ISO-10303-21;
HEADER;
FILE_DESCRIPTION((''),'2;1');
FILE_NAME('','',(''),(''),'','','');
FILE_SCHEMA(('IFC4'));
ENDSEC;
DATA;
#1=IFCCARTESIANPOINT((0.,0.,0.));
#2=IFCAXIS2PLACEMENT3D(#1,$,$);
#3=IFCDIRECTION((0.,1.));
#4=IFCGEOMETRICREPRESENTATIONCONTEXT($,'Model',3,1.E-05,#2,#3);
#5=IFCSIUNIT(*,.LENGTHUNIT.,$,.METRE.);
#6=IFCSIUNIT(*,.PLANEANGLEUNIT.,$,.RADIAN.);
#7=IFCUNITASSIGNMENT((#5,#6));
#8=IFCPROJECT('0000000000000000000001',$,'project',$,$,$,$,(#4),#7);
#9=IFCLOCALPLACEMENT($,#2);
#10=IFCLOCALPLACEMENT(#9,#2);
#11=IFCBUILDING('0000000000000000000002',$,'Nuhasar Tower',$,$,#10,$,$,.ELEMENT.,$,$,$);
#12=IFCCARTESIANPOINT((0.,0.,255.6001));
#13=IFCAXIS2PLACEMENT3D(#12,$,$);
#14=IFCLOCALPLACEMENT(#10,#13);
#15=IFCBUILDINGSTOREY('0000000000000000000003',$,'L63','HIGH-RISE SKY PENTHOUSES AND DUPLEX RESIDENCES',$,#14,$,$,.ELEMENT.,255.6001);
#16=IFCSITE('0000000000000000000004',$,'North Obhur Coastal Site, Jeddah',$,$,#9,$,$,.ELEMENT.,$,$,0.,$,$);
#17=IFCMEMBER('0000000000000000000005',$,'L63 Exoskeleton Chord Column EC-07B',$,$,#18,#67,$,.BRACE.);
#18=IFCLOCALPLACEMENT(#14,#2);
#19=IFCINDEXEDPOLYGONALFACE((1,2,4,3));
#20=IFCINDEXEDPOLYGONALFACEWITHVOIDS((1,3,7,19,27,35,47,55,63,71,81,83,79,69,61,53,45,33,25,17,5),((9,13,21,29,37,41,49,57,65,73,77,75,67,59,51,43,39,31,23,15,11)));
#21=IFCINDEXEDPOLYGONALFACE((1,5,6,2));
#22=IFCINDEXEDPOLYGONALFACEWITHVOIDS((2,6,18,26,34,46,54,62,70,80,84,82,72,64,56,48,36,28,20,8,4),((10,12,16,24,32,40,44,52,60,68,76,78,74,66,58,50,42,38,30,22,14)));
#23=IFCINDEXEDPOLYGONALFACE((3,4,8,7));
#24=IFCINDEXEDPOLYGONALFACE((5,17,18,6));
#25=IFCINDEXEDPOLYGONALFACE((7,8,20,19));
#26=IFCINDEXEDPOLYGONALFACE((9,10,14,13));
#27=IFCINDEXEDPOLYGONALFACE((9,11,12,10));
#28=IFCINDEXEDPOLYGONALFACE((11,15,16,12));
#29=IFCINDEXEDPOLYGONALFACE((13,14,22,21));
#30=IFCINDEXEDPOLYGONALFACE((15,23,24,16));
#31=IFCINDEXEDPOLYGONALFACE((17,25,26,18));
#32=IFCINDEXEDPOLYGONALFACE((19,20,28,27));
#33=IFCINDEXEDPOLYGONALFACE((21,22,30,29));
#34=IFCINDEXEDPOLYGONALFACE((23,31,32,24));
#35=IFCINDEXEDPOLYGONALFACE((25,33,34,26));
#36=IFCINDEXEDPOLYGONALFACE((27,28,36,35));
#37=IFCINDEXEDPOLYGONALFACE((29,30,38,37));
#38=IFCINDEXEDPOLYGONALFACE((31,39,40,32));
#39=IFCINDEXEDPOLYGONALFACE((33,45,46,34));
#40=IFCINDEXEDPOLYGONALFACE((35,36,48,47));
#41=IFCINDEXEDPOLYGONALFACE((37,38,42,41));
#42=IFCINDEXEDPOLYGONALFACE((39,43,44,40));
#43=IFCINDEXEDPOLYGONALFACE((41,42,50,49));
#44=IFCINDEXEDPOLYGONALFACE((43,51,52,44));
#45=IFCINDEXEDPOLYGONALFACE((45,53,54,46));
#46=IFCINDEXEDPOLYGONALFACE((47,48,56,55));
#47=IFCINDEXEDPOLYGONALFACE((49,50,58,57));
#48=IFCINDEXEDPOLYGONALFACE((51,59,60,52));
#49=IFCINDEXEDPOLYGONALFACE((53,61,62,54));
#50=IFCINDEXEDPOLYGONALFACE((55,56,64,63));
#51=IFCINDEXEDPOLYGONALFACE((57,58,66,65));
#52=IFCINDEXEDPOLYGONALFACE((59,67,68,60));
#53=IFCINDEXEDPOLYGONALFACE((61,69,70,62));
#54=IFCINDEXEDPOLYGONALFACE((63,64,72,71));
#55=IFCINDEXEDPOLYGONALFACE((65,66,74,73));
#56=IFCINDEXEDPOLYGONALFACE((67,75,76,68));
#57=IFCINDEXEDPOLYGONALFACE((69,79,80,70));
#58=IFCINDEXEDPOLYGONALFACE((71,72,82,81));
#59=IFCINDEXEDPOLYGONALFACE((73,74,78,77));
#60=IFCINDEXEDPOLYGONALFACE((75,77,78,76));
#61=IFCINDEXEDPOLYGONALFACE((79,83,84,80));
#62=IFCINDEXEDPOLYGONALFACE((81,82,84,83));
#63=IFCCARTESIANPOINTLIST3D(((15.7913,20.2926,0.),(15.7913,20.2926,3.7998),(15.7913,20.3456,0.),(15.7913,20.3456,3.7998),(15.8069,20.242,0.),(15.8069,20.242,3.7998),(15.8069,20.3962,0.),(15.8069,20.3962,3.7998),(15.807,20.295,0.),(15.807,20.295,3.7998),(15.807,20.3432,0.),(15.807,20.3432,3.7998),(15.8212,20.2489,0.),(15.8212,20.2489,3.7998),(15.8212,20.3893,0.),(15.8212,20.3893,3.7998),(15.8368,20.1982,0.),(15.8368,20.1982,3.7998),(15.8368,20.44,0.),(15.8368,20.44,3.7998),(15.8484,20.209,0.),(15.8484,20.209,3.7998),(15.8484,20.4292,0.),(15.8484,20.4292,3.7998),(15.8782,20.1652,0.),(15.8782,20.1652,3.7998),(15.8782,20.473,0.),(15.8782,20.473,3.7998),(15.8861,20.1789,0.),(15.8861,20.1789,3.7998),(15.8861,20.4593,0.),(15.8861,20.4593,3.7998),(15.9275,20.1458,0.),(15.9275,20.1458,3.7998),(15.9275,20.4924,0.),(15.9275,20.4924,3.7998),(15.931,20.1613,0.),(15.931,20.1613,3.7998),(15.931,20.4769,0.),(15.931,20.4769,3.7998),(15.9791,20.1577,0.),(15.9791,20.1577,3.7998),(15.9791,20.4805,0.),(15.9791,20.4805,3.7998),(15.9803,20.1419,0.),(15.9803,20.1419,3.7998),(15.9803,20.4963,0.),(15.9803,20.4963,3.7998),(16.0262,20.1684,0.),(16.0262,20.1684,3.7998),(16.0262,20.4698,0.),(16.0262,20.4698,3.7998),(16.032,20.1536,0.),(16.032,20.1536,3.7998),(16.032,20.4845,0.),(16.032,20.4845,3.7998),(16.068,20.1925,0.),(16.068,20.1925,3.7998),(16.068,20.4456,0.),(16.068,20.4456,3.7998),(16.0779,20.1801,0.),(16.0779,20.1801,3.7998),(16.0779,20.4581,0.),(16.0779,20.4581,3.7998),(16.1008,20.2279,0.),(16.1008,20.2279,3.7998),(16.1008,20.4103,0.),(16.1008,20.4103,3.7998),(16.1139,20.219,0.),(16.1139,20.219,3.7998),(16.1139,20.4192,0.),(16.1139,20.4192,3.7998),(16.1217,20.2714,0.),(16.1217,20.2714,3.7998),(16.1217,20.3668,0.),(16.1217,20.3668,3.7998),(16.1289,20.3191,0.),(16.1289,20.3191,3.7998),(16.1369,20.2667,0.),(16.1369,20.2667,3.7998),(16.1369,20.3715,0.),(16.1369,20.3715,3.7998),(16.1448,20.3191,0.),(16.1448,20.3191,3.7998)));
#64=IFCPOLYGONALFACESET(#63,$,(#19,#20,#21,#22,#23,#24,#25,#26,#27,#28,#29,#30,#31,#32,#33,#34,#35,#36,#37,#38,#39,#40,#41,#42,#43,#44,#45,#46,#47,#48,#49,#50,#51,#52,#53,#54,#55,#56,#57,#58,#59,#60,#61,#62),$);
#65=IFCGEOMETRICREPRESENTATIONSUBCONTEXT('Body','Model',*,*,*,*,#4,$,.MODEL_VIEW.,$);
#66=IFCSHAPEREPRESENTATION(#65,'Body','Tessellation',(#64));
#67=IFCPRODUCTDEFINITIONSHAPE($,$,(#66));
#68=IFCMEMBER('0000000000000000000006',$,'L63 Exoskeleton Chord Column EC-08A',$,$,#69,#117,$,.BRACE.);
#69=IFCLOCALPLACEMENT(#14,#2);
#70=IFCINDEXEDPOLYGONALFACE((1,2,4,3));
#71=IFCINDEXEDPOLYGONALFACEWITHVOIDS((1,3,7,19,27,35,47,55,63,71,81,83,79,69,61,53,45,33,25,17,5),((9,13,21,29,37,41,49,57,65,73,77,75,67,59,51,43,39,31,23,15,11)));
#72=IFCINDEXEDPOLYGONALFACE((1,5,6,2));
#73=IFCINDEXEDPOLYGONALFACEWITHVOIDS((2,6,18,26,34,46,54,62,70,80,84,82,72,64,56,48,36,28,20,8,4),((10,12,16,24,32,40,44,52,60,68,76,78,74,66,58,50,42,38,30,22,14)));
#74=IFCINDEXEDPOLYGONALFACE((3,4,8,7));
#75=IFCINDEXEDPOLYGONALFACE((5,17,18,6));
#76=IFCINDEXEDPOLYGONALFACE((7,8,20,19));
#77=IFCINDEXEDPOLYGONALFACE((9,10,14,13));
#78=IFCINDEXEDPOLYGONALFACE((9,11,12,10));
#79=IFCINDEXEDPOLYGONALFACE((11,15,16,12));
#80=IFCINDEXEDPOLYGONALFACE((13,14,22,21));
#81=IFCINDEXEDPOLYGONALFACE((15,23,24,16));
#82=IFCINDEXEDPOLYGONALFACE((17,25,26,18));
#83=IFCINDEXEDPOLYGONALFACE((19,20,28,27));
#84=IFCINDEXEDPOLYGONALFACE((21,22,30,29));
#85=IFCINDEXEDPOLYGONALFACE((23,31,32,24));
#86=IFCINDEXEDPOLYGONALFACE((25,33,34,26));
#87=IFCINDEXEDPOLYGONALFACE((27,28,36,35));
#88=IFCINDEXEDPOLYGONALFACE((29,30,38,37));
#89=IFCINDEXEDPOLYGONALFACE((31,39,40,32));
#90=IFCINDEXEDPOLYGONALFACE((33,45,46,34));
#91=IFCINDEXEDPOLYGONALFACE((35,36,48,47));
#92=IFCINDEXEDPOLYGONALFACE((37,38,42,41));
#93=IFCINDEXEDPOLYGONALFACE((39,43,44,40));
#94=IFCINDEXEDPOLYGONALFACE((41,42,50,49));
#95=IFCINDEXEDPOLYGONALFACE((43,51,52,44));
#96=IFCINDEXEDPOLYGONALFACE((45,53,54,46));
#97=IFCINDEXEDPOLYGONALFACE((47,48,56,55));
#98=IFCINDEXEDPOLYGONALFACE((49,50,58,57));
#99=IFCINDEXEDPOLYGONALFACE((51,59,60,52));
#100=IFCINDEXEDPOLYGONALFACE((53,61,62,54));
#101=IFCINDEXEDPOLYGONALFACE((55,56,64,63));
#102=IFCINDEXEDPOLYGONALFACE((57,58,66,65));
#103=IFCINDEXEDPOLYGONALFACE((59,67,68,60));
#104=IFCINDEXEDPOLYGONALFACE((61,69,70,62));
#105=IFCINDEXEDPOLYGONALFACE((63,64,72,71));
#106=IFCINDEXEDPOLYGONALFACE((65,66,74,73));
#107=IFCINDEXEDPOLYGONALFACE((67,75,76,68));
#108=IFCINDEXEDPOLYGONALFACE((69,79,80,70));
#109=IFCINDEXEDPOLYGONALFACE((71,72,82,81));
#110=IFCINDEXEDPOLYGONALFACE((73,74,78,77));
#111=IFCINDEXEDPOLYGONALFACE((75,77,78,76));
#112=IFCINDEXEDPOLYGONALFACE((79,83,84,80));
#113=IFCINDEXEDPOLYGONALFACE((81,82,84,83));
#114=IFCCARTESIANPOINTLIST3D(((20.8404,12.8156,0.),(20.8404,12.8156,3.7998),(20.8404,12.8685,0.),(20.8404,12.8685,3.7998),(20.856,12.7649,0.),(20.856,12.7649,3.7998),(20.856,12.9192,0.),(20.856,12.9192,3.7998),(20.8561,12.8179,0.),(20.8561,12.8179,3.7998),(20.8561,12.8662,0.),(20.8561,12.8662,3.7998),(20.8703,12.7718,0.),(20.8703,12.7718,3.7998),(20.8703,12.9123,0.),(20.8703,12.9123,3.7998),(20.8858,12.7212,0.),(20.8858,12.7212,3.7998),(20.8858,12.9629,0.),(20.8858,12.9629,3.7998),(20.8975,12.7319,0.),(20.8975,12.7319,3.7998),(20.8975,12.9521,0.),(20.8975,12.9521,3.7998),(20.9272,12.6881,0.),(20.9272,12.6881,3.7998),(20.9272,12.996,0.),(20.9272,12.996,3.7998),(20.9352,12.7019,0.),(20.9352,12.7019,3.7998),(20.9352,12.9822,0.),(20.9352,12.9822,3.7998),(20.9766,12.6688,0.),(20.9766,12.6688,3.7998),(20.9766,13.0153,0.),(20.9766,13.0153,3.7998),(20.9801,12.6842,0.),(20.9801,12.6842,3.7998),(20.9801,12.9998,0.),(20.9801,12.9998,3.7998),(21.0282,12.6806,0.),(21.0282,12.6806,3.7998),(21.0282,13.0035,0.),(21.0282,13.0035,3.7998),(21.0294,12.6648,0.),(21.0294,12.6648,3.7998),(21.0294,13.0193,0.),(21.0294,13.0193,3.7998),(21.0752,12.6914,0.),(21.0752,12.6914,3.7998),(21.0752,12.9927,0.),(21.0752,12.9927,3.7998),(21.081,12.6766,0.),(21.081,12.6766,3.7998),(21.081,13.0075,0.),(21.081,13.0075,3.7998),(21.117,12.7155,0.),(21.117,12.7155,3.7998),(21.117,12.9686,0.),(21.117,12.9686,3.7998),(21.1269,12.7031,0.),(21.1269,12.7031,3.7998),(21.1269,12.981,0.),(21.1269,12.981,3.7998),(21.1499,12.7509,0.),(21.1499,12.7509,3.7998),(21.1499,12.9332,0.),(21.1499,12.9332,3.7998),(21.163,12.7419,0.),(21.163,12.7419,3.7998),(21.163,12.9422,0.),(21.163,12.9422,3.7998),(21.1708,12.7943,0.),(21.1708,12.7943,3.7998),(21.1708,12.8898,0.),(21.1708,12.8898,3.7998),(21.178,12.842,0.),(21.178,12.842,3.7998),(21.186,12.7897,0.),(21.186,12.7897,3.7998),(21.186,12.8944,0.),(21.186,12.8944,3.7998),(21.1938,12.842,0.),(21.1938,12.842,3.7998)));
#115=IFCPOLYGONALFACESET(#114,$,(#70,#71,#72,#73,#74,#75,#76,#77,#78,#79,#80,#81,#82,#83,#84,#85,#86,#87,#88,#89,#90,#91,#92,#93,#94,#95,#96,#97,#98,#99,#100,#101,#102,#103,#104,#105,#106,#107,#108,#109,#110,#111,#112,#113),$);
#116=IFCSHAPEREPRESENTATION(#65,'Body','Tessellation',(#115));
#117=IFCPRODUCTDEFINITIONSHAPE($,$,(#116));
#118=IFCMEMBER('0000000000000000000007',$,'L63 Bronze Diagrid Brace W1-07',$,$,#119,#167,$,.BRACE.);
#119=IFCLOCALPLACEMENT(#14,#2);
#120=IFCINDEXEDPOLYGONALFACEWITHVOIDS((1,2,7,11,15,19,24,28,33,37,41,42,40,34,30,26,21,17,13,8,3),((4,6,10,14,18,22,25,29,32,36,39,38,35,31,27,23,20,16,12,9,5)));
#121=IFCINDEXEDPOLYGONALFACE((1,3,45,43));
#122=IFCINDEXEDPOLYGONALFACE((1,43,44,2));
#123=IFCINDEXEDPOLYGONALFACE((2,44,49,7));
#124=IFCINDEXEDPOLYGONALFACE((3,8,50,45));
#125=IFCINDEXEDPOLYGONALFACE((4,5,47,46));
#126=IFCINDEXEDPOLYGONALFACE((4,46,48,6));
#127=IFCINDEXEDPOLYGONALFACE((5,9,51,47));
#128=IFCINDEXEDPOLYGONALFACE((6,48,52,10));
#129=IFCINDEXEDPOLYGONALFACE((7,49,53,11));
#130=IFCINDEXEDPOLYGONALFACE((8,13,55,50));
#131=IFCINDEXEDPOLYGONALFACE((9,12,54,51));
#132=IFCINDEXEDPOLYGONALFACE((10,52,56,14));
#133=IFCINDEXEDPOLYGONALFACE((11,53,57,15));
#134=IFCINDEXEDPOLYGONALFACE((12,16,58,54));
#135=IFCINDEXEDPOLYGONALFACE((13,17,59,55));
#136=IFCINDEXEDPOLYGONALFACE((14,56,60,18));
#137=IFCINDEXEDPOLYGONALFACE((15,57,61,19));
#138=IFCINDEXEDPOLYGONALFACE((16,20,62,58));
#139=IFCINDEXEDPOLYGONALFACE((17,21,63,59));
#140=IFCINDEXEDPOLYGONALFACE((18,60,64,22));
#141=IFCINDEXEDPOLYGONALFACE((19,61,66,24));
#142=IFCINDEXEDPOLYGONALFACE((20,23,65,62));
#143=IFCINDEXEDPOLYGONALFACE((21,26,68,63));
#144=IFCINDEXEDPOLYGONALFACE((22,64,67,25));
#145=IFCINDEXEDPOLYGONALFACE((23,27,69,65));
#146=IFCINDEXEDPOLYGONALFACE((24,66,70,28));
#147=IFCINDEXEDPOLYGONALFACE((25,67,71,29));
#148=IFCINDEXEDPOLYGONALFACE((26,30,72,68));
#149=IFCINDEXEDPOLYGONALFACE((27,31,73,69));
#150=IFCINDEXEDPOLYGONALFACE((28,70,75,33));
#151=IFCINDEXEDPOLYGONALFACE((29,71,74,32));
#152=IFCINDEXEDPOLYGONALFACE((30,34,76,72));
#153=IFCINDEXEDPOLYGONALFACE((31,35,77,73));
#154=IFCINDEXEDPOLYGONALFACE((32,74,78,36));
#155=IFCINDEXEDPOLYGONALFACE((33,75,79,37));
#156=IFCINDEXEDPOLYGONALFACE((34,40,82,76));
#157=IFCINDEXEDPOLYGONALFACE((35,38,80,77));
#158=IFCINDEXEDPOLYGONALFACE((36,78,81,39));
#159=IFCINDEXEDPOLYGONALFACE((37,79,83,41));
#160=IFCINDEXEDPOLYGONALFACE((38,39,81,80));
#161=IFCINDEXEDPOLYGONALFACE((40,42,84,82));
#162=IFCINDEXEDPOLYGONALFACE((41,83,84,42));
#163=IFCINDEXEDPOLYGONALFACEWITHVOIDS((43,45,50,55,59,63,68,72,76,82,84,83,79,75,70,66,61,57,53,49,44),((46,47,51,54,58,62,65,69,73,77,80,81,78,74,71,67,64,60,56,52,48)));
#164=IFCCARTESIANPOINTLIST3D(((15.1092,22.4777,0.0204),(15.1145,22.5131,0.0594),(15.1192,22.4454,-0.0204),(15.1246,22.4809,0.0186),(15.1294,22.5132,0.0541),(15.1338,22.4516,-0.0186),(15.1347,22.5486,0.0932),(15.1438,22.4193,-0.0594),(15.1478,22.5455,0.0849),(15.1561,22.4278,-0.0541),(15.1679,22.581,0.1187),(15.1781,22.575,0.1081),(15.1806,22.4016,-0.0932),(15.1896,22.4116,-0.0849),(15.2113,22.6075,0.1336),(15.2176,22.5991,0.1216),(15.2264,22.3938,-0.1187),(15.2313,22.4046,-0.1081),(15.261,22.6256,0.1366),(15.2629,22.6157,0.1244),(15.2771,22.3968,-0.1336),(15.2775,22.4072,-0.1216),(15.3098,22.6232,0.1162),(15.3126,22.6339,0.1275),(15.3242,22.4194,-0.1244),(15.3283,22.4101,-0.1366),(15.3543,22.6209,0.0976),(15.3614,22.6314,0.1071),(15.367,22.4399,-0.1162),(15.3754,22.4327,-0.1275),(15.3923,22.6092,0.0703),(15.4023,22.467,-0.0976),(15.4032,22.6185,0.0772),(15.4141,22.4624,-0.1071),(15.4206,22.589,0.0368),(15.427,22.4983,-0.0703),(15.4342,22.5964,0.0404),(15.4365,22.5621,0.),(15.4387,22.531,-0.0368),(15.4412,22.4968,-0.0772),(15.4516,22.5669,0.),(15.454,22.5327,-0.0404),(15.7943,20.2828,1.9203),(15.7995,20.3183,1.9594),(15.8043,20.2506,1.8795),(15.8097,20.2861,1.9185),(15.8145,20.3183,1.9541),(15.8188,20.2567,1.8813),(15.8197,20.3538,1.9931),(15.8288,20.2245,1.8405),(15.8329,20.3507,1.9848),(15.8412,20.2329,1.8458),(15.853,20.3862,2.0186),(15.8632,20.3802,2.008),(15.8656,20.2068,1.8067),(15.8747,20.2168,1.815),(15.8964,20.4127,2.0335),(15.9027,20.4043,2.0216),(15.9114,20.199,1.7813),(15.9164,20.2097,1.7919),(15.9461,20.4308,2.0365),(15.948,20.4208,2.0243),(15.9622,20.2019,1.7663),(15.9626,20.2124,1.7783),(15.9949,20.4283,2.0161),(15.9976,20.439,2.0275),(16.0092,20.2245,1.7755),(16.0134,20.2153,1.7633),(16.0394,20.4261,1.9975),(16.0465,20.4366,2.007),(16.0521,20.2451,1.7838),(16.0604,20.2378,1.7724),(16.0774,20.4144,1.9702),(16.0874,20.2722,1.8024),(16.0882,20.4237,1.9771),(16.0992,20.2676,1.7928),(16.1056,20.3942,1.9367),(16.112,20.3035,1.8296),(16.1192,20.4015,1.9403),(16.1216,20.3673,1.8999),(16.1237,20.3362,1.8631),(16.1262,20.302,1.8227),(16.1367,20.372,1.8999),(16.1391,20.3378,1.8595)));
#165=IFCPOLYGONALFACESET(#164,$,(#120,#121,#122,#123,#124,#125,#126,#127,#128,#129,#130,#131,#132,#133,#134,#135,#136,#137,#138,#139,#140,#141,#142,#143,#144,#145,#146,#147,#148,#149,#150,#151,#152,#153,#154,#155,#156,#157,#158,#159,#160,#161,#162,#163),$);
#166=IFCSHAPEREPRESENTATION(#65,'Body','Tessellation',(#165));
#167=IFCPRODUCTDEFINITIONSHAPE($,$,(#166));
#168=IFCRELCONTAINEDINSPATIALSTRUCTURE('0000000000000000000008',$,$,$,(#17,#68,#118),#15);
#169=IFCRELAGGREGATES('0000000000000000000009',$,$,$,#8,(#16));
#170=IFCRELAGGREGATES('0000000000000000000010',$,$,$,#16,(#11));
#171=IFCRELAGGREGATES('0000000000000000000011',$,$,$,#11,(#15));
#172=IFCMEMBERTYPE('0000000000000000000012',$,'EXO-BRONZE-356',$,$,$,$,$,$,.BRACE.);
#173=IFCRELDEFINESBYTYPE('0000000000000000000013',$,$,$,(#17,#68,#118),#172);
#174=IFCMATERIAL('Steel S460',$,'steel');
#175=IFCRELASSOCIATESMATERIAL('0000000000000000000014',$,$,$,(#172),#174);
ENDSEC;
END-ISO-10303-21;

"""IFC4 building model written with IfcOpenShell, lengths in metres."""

from ifc_helpers import new_model, si_unit, direction, frame, origin, origin_2d, place, context, subcontext, project, spatial, hollow_circle, extrude, material, material_profile, profile_set, type_object, element, save


model = new_model("IFC4")

# Units and contexts
model_context = context("Model", 3, precision=1e-05, world=origin(), true_north=direction((0.0, 1.0)))
body_context = subcontext(model_context, "Body", "Model", "MODEL_VIEW")
ifc_project = project(units=[si_unit("LENGTHUNIT", "METRE"), si_unit("PLANEANGLEUNIT", "RADIAN")], contexts=[model_context])

# Site, building, storey
site_placement = place(None, origin())
site = spatial("IfcSite", under=ifc_project, at=site_placement, Name="North Obhur Coastal Site, Jeddah", CompositionType="ELEMENT", RefElevation=0.0)
building_placement = place(site_placement, origin())
building = spatial("IfcBuilding", under=site, at=building_placement, Name="Nuhasar Tower", CompositionType="ELEMENT")
storey_placement = place(building_placement, frame((0.0, 0.0, 255.6001)))
storey = spatial("IfcBuildingStorey", under=building, at=storey_placement, Name="L63", Description="HIGH-RISE SKY PENTHOUSES AND DUPLEX RESIDENCES", CompositionType="ELEMENT", Elevation=255.6001)

# Shared definitions
ifc_material_1 = material(Name="Steel S460", Category="steel")

# Members
ifc_material_profile_1 = material_profile(ifc_material_1, hollow_circle(Radius=0.1777, WallThickness=0.0159, at=origin_2d()), Name="HSS355.6X15.9")
ifc_profile_set_1 = profile_set([ifc_material_profile_1], Name="Steel S460")
member_type_1 = type_object("IfcMemberType", Name="EXO-BRONZE-356", PredefinedType="BRACE", material=ifc_profile_set_1)
for number, where, z_axis, x_axis, name in (
    (1, (15.967, 20.3191, 0.0), (0.0, 0.0, 1.0), (1.0, 0.0, 0.0), "L63 Exoskeleton Chord Column EC-07B"),
    (2, (21.0161, 12.842, 0.0), (0.0, 0.0, 1.0), (1.0, 0.0, 0.0), "L63 Exoskeleton Chord Column EC-08A"),
):
    element("IfcMember", number, at=place(storey_placement, frame(where, z_axis=z_axis, x_axis=x_axis)), inside=storey, type_object=member_type_1, Name=name, PredefinedType="BRACE", context=body_context, shape_type="SweptSolid", body=[
        extrude(hollow_circle(Radius=0.1777, WallThickness=0.0159, at=origin_2d()), origin(), (0.0, 0.0, 1.0), 3.7998),
    ])
for number, where, z_axis, x_axis, name in (
    (3, (15.282, 22.5139, 0.0), (0.229681, -0.735864, 0.636985), (0.954582, 0.297948, 0.0), "L63 Bronze Diagrid Brace W1-07"),
):
    element("IfcMember", number, at=place(storey_placement, frame(where, z_axis=z_axis, x_axis=x_axis)), inside=storey, type_object=member_type_1, Name=name, PredefinedType="BRACE", context=body_context, shape_type="SweptSolid", body=[
        extrude(hollow_circle(Radius=0.1777, WallThickness=0.0159, at=origin_2d()), origin(), (0.0, 0.0, 1.0), 2.9827),
    ])

save(model, "model.ifc")
